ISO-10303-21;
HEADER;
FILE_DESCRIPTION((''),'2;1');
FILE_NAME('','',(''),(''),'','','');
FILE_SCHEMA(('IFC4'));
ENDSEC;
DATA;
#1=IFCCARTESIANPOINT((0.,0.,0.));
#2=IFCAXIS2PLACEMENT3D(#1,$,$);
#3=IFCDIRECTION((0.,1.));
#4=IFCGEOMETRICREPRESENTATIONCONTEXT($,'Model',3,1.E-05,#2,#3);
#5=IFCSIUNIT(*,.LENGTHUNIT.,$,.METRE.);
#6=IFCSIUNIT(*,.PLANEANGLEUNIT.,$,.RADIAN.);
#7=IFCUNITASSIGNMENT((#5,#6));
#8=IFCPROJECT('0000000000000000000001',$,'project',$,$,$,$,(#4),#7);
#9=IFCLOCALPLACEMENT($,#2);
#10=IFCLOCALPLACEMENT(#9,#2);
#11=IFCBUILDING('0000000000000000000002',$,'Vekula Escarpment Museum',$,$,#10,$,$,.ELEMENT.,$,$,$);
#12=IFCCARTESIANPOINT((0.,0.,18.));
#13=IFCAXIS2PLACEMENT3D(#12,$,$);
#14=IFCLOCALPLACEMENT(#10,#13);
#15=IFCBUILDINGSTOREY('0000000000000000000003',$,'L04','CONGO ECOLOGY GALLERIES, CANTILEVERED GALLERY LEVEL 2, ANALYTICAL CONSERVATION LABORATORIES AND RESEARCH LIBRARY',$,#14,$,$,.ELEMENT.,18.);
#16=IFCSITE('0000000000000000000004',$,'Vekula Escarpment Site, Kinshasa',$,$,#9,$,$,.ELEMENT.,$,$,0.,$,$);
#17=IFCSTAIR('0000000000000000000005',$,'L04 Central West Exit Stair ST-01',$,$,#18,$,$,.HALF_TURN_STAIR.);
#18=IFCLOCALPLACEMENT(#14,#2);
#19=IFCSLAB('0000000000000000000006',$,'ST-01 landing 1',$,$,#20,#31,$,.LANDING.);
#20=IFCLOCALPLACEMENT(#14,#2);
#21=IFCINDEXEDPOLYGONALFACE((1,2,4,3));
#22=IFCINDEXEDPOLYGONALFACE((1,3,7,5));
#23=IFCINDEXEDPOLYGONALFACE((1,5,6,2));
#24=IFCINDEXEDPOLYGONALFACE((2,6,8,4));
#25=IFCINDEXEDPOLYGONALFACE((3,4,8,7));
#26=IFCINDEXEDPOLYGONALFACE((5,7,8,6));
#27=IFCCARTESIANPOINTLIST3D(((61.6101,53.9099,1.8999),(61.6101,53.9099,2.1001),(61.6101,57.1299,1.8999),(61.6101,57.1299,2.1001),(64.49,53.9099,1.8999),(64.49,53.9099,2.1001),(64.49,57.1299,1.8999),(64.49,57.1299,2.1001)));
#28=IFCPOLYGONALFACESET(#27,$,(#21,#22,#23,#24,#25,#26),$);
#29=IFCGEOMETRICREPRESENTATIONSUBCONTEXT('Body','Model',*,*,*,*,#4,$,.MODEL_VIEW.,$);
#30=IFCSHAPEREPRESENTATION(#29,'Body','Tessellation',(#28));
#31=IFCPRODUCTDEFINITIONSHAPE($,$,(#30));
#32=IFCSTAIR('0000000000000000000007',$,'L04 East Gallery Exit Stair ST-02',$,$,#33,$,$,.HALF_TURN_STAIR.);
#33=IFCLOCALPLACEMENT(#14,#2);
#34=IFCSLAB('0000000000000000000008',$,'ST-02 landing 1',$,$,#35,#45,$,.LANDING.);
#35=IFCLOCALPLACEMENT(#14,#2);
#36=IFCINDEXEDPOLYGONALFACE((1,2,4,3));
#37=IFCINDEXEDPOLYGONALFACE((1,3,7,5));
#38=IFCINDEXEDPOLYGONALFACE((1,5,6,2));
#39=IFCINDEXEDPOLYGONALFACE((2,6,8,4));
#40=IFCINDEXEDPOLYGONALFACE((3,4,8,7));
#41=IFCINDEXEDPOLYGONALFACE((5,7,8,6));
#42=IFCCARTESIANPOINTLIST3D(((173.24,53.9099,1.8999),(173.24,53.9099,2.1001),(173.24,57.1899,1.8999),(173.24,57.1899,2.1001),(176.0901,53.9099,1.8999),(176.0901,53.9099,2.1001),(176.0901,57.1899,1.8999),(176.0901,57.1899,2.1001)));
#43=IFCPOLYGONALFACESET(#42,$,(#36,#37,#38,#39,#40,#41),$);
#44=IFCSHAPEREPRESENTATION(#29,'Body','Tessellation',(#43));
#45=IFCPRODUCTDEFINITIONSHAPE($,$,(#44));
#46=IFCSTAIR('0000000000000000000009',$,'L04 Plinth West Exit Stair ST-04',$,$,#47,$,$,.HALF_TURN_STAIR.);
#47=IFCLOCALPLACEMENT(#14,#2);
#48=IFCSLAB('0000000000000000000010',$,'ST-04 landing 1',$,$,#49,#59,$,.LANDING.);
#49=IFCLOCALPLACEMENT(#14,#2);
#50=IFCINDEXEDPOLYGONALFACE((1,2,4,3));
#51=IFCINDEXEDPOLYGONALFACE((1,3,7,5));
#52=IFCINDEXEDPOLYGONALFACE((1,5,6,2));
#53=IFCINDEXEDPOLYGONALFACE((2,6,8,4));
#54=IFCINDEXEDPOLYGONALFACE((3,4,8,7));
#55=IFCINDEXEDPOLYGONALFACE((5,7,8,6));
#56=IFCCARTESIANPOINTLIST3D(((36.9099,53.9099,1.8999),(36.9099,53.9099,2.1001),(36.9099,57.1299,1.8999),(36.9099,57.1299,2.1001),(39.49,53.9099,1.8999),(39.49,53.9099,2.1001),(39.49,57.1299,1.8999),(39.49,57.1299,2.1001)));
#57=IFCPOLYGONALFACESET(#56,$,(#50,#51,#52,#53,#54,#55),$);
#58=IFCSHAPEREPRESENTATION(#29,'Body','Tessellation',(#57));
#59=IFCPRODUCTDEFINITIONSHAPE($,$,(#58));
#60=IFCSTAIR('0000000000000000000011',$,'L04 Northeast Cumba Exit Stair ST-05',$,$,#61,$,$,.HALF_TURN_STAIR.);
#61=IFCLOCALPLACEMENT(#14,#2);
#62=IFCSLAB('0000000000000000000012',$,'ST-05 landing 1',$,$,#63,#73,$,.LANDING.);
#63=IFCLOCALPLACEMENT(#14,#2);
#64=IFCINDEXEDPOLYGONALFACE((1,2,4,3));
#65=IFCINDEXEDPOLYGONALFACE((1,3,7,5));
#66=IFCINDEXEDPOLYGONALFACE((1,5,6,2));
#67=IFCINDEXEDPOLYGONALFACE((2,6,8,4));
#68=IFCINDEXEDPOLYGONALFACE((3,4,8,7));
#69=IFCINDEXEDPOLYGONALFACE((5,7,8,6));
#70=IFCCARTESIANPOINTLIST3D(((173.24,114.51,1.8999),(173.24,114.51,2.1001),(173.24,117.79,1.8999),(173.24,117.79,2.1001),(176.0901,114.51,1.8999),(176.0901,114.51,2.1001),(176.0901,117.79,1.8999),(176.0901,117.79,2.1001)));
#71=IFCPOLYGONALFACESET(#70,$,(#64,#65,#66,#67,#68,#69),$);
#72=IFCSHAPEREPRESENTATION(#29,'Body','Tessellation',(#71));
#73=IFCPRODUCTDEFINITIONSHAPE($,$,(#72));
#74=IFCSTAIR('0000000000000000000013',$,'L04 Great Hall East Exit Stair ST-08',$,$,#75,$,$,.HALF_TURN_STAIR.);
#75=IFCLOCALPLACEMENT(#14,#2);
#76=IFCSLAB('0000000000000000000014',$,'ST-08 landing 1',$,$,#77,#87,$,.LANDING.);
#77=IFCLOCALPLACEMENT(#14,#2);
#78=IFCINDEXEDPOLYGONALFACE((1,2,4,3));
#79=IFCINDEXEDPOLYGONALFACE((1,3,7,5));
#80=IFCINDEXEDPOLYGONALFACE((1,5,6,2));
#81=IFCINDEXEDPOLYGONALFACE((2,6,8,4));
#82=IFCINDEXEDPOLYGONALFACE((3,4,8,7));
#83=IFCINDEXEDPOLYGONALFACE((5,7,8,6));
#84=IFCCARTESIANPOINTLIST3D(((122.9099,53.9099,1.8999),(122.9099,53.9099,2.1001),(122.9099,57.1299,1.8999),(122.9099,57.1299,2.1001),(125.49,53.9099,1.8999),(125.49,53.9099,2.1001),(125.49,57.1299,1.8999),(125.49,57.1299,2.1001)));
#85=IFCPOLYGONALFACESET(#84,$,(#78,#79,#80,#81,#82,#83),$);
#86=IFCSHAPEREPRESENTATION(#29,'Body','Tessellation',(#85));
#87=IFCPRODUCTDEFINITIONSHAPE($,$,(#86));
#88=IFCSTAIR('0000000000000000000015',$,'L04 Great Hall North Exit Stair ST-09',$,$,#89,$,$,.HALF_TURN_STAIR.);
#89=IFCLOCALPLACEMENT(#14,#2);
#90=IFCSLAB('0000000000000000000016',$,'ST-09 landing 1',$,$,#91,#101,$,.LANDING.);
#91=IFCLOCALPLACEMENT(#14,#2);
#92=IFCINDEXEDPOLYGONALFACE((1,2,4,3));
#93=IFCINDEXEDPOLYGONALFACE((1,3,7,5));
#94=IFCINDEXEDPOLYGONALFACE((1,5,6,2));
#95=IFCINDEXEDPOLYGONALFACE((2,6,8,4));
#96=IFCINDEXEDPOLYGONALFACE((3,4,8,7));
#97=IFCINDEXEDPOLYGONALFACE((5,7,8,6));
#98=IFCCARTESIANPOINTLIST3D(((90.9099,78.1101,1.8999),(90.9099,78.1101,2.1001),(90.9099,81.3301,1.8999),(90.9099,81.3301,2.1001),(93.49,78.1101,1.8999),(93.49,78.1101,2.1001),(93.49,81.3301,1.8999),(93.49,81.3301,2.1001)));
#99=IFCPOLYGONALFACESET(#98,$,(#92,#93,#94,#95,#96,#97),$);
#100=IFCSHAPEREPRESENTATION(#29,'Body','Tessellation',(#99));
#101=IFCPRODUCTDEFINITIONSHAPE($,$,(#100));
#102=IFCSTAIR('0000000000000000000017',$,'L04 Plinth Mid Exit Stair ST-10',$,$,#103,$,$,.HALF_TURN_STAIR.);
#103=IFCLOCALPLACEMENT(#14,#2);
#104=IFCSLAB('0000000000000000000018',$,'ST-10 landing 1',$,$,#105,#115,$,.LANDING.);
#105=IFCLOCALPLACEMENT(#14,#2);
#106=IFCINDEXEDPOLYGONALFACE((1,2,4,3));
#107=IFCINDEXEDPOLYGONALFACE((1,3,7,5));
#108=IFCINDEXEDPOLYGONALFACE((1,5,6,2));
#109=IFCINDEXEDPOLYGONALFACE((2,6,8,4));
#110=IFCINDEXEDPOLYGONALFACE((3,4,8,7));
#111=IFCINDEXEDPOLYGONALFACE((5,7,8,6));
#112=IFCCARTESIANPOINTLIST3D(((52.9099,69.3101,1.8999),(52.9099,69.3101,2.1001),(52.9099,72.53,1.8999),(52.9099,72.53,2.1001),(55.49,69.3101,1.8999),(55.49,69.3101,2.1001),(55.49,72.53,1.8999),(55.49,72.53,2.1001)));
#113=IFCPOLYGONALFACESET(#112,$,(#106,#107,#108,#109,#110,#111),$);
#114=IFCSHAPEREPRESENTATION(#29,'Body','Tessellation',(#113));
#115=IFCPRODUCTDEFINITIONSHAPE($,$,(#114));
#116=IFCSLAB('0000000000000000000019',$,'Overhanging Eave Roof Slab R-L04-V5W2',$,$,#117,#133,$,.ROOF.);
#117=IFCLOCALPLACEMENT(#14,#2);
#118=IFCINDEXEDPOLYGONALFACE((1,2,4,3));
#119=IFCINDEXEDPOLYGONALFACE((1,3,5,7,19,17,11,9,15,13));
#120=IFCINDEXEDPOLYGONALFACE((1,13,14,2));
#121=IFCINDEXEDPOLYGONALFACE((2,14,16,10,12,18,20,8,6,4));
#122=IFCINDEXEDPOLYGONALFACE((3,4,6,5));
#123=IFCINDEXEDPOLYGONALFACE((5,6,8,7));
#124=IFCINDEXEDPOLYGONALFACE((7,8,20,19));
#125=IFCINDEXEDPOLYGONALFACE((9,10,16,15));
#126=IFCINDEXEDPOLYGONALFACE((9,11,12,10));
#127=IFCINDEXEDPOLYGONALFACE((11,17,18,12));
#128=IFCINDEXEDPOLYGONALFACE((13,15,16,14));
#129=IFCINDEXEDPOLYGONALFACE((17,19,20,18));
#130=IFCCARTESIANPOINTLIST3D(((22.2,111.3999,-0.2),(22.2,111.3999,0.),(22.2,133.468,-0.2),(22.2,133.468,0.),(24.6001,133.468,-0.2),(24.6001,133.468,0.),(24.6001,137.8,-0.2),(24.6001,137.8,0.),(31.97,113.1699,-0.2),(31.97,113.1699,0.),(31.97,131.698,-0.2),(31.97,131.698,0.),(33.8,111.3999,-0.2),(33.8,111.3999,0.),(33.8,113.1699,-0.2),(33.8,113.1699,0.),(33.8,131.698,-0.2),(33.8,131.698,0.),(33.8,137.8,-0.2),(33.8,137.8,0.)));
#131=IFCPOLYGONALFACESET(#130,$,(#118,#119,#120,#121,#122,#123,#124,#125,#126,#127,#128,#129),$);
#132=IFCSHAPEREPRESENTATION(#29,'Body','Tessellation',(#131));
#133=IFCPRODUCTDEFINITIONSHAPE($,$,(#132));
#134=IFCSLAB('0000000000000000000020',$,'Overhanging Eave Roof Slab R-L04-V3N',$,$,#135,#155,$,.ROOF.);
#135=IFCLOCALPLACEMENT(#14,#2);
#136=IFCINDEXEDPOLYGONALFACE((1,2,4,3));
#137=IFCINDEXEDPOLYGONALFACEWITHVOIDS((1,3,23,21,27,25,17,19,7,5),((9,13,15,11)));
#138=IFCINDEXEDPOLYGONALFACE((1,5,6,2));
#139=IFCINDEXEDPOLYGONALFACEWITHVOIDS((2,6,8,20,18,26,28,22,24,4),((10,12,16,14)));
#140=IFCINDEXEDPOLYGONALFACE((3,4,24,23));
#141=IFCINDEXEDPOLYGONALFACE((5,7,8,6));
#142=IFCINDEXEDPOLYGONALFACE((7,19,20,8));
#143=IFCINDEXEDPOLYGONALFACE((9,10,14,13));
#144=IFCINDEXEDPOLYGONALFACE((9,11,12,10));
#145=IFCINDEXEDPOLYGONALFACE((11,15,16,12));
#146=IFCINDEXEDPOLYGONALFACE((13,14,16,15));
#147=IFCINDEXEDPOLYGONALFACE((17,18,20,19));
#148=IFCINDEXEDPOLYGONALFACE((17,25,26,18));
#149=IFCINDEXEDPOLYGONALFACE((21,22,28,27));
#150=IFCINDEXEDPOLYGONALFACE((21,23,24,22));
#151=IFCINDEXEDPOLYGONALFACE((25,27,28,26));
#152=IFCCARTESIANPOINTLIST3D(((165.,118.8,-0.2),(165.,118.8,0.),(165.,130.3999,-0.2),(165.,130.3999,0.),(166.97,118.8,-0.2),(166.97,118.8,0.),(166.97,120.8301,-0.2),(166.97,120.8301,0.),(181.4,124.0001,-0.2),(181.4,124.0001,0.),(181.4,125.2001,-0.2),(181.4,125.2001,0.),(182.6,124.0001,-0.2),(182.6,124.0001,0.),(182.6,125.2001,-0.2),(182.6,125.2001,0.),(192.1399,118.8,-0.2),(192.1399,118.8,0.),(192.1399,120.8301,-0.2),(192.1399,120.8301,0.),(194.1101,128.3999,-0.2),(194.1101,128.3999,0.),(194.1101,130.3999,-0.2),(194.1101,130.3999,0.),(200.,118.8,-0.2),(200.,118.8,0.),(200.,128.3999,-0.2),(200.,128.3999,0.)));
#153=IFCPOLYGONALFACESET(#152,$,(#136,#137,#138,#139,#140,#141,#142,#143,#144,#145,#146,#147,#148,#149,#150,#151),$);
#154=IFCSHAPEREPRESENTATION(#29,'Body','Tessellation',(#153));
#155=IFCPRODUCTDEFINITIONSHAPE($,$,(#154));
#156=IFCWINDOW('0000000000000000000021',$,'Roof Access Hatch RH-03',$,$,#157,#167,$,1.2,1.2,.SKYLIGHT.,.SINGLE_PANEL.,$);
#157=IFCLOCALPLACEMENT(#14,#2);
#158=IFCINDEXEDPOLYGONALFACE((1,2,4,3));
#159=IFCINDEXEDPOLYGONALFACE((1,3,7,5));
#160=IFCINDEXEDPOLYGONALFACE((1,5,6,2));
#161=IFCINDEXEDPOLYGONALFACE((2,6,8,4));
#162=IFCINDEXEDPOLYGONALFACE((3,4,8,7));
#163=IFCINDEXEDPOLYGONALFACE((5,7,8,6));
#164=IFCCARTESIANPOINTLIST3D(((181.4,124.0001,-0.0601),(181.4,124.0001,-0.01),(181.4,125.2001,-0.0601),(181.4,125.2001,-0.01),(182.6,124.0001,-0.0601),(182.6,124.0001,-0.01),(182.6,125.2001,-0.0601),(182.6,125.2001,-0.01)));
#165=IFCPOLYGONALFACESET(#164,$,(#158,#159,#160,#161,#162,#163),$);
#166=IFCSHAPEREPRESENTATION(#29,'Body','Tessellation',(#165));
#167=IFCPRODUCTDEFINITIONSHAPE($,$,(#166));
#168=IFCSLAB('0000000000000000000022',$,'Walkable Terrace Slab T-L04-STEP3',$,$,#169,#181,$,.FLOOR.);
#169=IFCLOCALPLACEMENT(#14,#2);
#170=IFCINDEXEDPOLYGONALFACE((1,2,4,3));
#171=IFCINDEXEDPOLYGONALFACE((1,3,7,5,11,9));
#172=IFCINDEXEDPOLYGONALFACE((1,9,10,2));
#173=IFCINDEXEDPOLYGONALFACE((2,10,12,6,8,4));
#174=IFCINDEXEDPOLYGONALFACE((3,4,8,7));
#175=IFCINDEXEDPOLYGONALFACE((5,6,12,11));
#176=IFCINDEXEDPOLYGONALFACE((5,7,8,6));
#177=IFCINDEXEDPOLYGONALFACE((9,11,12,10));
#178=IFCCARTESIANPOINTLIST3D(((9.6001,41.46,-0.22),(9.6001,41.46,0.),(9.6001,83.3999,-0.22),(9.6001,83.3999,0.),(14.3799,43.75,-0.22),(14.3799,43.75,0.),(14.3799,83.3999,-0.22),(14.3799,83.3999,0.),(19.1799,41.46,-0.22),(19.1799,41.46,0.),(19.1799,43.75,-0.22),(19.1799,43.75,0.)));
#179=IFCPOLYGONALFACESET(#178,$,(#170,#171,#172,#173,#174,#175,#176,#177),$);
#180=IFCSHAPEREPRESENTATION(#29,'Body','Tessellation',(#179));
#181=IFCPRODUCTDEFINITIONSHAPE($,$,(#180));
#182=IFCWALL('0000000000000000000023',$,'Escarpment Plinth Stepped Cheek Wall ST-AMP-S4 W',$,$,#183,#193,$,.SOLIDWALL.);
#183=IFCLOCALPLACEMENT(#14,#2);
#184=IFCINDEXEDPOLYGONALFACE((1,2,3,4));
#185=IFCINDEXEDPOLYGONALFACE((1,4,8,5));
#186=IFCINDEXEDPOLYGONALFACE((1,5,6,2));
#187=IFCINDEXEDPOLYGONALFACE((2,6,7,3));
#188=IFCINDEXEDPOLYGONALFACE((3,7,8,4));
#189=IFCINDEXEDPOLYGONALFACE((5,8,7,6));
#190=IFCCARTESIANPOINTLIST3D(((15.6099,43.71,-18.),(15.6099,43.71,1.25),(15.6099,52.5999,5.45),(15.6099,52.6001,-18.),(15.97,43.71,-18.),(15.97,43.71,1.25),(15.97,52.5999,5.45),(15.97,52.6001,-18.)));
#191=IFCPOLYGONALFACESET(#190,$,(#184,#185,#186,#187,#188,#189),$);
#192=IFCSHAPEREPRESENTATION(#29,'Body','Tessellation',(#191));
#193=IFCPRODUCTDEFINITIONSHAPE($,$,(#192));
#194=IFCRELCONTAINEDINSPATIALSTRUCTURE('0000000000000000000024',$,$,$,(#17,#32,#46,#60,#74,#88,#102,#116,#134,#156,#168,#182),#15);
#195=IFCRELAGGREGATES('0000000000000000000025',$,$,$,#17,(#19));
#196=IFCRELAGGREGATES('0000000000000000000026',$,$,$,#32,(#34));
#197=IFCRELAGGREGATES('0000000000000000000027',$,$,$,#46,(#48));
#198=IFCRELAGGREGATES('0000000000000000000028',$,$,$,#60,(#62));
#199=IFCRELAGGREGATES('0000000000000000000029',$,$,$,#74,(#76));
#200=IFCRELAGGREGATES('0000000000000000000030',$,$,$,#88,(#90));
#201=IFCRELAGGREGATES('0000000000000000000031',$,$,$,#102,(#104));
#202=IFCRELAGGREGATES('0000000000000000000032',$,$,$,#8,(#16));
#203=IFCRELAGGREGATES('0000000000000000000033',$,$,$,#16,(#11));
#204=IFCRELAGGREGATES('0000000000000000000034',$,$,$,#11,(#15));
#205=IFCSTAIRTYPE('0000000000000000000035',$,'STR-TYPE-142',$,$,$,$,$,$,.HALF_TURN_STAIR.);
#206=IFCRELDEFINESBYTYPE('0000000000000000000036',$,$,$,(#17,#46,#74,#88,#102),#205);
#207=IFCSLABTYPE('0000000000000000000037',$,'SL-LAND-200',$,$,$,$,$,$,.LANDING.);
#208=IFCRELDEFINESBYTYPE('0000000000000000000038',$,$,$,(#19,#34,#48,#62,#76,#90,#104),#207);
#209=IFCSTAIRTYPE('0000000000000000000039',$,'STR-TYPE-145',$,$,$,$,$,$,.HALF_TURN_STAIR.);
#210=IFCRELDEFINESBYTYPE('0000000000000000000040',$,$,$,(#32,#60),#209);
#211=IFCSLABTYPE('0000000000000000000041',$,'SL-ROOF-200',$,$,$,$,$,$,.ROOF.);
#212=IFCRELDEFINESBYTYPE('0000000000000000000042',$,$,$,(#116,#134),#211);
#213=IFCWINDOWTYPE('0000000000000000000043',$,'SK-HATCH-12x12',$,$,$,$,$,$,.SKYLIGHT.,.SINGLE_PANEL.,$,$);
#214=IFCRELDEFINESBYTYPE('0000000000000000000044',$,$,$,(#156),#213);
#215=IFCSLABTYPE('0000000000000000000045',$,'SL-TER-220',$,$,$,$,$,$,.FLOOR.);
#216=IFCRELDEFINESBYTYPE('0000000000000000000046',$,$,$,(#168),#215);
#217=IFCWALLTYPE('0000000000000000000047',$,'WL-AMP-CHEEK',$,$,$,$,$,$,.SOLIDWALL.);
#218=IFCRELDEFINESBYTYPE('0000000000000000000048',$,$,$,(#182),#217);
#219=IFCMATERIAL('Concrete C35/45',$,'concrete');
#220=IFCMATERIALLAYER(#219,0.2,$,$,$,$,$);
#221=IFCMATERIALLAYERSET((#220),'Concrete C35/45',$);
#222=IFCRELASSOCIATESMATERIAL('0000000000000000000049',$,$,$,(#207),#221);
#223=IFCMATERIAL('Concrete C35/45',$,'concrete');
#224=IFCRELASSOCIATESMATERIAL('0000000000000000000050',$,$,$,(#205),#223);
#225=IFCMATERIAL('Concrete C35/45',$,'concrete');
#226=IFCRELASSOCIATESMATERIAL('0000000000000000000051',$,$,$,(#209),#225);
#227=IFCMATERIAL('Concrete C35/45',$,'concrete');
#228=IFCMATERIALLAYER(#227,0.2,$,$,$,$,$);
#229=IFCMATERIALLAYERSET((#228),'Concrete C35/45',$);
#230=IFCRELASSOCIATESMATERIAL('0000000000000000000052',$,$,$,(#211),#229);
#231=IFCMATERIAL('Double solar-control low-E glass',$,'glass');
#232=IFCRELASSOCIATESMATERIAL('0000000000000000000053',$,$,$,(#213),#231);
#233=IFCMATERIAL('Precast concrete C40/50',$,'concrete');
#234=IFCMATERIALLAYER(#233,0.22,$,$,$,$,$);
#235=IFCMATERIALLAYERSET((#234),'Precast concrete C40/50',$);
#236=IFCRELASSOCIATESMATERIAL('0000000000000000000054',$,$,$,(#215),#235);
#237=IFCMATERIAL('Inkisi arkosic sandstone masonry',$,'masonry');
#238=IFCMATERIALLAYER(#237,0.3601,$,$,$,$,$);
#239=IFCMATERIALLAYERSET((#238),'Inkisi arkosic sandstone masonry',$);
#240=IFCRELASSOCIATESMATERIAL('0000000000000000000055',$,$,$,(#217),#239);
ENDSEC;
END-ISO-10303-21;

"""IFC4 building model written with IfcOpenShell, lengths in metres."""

from ifc_helpers import new_model, si_unit, direction, frame, origin, origin_2d, place, context, subcontext, project, spatial, polyline, rectangle, outline, extrude, material, layer, layer_set, type_object, element, fill, aggregate, save


model = new_model("IFC4")

# Units and contexts
model_context = context("Model", 3, precision=1e-05, world=origin(), true_north=direction((0.0, 1.0)))
body_context = subcontext(model_context, "Body", "Model", "MODEL_VIEW")
ifc_project = project(units=[si_unit("LENGTHUNIT", "METRE"), si_unit("PLANEANGLEUNIT", "RADIAN")], contexts=[model_context])

# Site, building, storey
site_placement = place(None, origin())
site = spatial("IfcSite", under=ifc_project, at=site_placement, Name="Vekula Escarpment Site, Kinshasa", CompositionType="ELEMENT", RefElevation=0.0)
building_placement = place(site_placement, origin())
building = spatial("IfcBuilding", under=site, at=building_placement, Name="Vekula Escarpment Museum", CompositionType="ELEMENT")
storey_placement = place(building_placement, frame((0.0, 0.0, 18.0)))
storey = spatial("IfcBuildingStorey", under=building, at=storey_placement, Name="L04", Description="CONGO ECOLOGY GALLERIES, CANTILEVERED GALLERY LEVEL 2, ANALYTICAL CONSERVATION LABORATORIES AND RESEARCH LIBRARY", CompositionType="ELEMENT", Elevation=18.0)

# Stairs, slabs
ifc_material_1 = material(Name="Concrete C35/45", Category="concrete")
ifc_layer_1 = layer(ifc_material_1, 0.2)
ifc_layer_set_1 = layer_set([ifc_layer_1], Name="Concrete C35/45")
slab_type_1 = type_object("IfcSlabType", Name="SL-LAND-200", PredefinedType="LANDING", material=ifc_layer_set_1)
ifc_material_2 = material(Name="Concrete C35/45", Category="concrete")
stair_type_1 = type_object("IfcStairType", Name="STR-TYPE-142", PredefinedType="HALF_TURN_STAIR", material=ifc_material_2)
stair_1_placement = place(storey_placement, origin())
stair_1 = element("IfcStair", 1, at=stair_1_placement, inside=storey, type_object=stair_type_1, Name="L04 Central West Exit Stair ST-01", PredefinedType="HALF_TURN_STAIR")
slab_1_placement = place(storey_placement, frame((0.0, 0.0, 1.8999)))
slab_1 = element("IfcSlab", 2, at=slab_1_placement, type_object=slab_type_1, Name="ST-01 landing 1", PredefinedType="LANDING", context=body_context, shape_type="SweptSolid", body=[
    extrude(outline(polyline([(61.6101, 53.9099), (64.49, 53.9099), (64.49, 57.1299), (61.6101, 57.1299), (61.6101, 53.9099)])), origin(), (0.0, 0.0, 1.0), 0.2002),
])
aggregate(stair_1, [slab_1])
ifc_material_3 = material(Name="Concrete C35/45", Category="concrete")
stair_type_2 = type_object("IfcStairType", Name="STR-TYPE-145", PredefinedType="HALF_TURN_STAIR", material=ifc_material_3)
stair_2_placement = place(storey_placement, origin())
stair_2 = element("IfcStair", 3, at=stair_2_placement, inside=storey, type_object=stair_type_2, Name="L04 East Gallery Exit Stair ST-02", PredefinedType="HALF_TURN_STAIR")
slab_2_placement = place(storey_placement, frame((0.0, 0.0, 1.8999)))
slab_2 = element("IfcSlab", 4, at=slab_2_placement, type_object=slab_type_1, Name="ST-02 landing 1", PredefinedType="LANDING", context=body_context, shape_type="SweptSolid", body=[
    extrude(outline(polyline([(173.24, 53.9099), (176.0901, 53.9099), (176.0901, 57.1899), (173.24, 57.1899), (173.24, 53.9099)])), origin(), (0.0, 0.0, 1.0), 0.2002),
])
aggregate(stair_2, [slab_2])
stair_3_placement = place(storey_placement, origin())
stair_3 = element("IfcStair", 5, at=stair_3_placement, inside=storey, type_object=stair_type_1, Name="L04 Plinth West Exit Stair ST-04", PredefinedType="HALF_TURN_STAIR")
slab_3_placement = place(storey_placement, frame((0.0, 0.0, 1.8999)))
slab_3 = element("IfcSlab", 6, at=slab_3_placement, type_object=slab_type_1, Name="ST-04 landing 1", PredefinedType="LANDING", context=body_context, shape_type="SweptSolid", body=[
    extrude(outline(polyline([(36.9099, 53.9099), (39.49, 53.9099), (39.49, 57.1299), (36.9099, 57.1299), (36.9099, 53.9099)])), origin(), (0.0, 0.0, 1.0), 0.2002),
])
aggregate(stair_3, [slab_3])
stair_4_placement = place(storey_placement, origin())
stair_4 = element("IfcStair", 7, at=stair_4_placement, inside=storey, type_object=stair_type_2, Name="L04 Northeast Cumba Exit Stair ST-05", PredefinedType="HALF_TURN_STAIR")
slab_4_placement = place(storey_placement, frame((0.0, 0.0, 1.8999)))
slab_4 = element("IfcSlab", 8, at=slab_4_placement, type_object=slab_type_1, Name="ST-05 landing 1", PredefinedType="LANDING", context=body_context, shape_type="SweptSolid", body=[
    extrude(outline(polyline([(173.24, 114.51), (176.0901, 114.51), (176.0901, 117.79), (173.24, 117.79), (173.24, 114.51)])), origin(), (0.0, 0.0, 1.0), 0.2002),
])
aggregate(stair_4, [slab_4])
stair_5_placement = place(storey_placement, origin())
stair_5 = element("IfcStair", 9, at=stair_5_placement, inside=storey, type_object=stair_type_1, Name="L04 Great Hall East Exit Stair ST-08", PredefinedType="HALF_TURN_STAIR")
slab_5_placement = place(storey_placement, frame((0.0, 0.0, 1.8999)))
slab_5 = element("IfcSlab", 10, at=slab_5_placement, type_object=slab_type_1, Name="ST-08 landing 1", PredefinedType="LANDING", context=body_context, shape_type="SweptSolid", body=[
    extrude(outline(polyline([(122.9099, 53.9099), (125.49, 53.9099), (125.49, 57.1299), (122.9099, 57.1299), (122.9099, 53.9099)])), origin(), (0.0, 0.0, 1.0), 0.2002),
])
aggregate(stair_5, [slab_5])
stair_6_placement = place(storey_placement, origin())
stair_6 = element("IfcStair", 11, at=stair_6_placement, inside=storey, type_object=stair_type_1, Name="L04 Great Hall North Exit Stair ST-09", PredefinedType="HALF_TURN_STAIR")
slab_6_placement = place(storey_placement, frame((0.0, 0.0, 1.8999)))
slab_6 = element("IfcSlab", 12, at=slab_6_placement, type_object=slab_type_1, Name="ST-09 landing 1", PredefinedType="LANDING", context=body_context, shape_type="SweptSolid", body=[
    extrude(outline(polyline([(90.9099, 78.1101), (93.49, 78.1101), (93.49, 81.3301), (90.9099, 81.3301), (90.9099, 78.1101)])), origin(), (0.0, 0.0, 1.0), 0.2002),
])
aggregate(stair_6, [slab_6])
stair_7_placement = place(storey_placement, origin())
stair_7 = element("IfcStair", 13, at=stair_7_placement, inside=storey, type_object=stair_type_1, Name="L04 Plinth Mid Exit Stair ST-10", PredefinedType="HALF_TURN_STAIR")
slab_7_placement = place(storey_placement, frame((0.0, 0.0, 1.8999)))
slab_7 = element("IfcSlab", 14, at=slab_7_placement, type_object=slab_type_1, Name="ST-10 landing 1", PredefinedType="LANDING", context=body_context, shape_type="SweptSolid", body=[
    extrude(outline(polyline([(52.9099, 69.3101), (55.49, 69.3101), (55.49, 72.53), (52.9099, 72.53), (52.9099, 69.3101)])), origin(), (0.0, 0.0, 1.0), 0.2002),
])
aggregate(stair_7, [slab_7])

# Slab
ifc_material_4 = material(Name="Concrete C35/45", Category="concrete")
ifc_layer_2 = layer(ifc_material_4, 0.2)
ifc_layer_set_2 = layer_set([ifc_layer_2], Name="Concrete C35/45")
slab_type_2 = type_object("IfcSlabType", Name="SL-ROOF-200", PredefinedType="ROOF", material=ifc_layer_set_2)
slab_8_placement = place(storey_placement, frame((0.0, 0.0, -0.2)))
element("IfcSlab", 15, at=slab_8_placement, inside=storey, type_object=slab_type_2, Name="Overhanging Eave Roof Slab R-L04-V5W2", PredefinedType="ROOF", context=body_context, shape_type="SweptSolid", body=[
    extrude(outline(polyline([(22.2, 133.468), (24.6001, 133.468), (24.6001, 137.8), (33.8, 137.8), (33.8, 131.698), (31.97, 131.698), (31.97, 113.1699), (33.8, 113.1699), (33.8, 111.3999), (22.2, 111.3999), (22.2, 133.468)])), origin(), (0.0, 0.0, 1.0), 0.2),
])

# Slab, opening, window
slab_9_placement = place(storey_placement, frame((0.0, 0.0, -0.2)))
slab_9 = element("IfcSlab", 16, at=slab_9_placement, inside=storey, type_object=slab_type_2, Name="Overhanging Eave Roof Slab R-L04-V3N", PredefinedType="ROOF", context=body_context, shape_type="SweptSolid", body=[
    extrude(outline(polyline([(165.0, 130.3999), (194.1101, 130.3999), (194.1101, 128.3999), (200.0, 128.3999), (200.0, 118.8), (192.1399, 118.8), (192.1399, 120.8301), (166.97, 120.8301), (166.97, 118.8), (165.0, 118.8), (165.0, 130.3999)])), origin(), (0.0, 0.0, 1.0), 0.2),
])
opening_placement = place(slab_9_placement, frame((182.0, 124.6001, -0.01)))
opening = element("IfcOpeningElement", 17, at=opening_placement, cuts=slab_9, PredefinedType="OPENING", context=body_context, shape_type="SweptSolid", body=[
    extrude(rectangle(XDim=1.2, YDim=1.2, at=origin_2d()), origin(), (0.0, 0.0, 1.0), 0.22),
])
ifc_material_5 = material(Name="Double solar-control low-E glass", Category="glass")
window_type = type_object("IfcWindowType", Name="SK-HATCH-12x12", PartitioningType="SINGLE_PANEL", PredefinedType="SKYLIGHT", material=ifc_material_5)
window_placement = place(opening_placement, frame((0.0, 0.0, 0.1499)))
window = element("IfcWindow", 18, at=window_placement, inside=storey, type_object=window_type, Name="Roof Access Hatch RH-03", OverallHeight=1.2, OverallWidth=1.2, PartitioningType="SINGLE_PANEL", PredefinedType="SKYLIGHT", context=body_context, shape_type="SweptSolid", body=[
    extrude(rectangle(XDim=1.2, YDim=1.2, at=origin_2d()), origin(), (0.0, 0.0, 1.0), 0.05),
])
fill(opening, window)

# Slab
ifc_material_6 = material(Name="Precast concrete C40/50", Category="concrete")
ifc_layer_3 = layer(ifc_material_6, 0.22)
ifc_layer_set_3 = layer_set([ifc_layer_3], Name="Precast concrete C40/50")
slab_type_3 = type_object("IfcSlabType", Name="SL-TER-220", PredefinedType="FLOOR", material=ifc_layer_set_3)
slab_10_placement = place(storey_placement, frame((0.0, 0.0, -0.22)))
element("IfcSlab", 19, at=slab_10_placement, inside=storey, type_object=slab_type_3, Name="Walkable Terrace Slab T-L04-STEP3", PredefinedType="FLOOR", context=body_context, shape_type="SweptSolid", body=[
    extrude(outline(polyline([(9.6001, 41.46), (19.1799, 41.46), (19.1799, 43.75), (14.3799, 43.75), (14.3799, 83.3999), (9.6001, 83.3999), (9.6001, 41.46)])), origin(), (0.0, 0.0, 1.0), 0.22),
])

# Wall
ifc_material_7 = material(Name="Inkisi arkosic sandstone masonry", Category="masonry")
ifc_layer_4 = layer(ifc_material_7, 0.3601)
ifc_layer_set_4 = layer_set([ifc_layer_4], Name="Inkisi arkosic sandstone masonry")
wall_type = type_object("IfcWallType", Name="WL-AMP-CHEEK", PredefinedType="SOLIDWALL", material=ifc_layer_set_4)
for number, where, z_axis, x_axis, name in (
    (20, (15.79, 43.71, -18.0), (0.0, 0.0, 1.0), (0.0, 1.0, 0.0), "Escarpment Plinth Stepped Cheek Wall ST-AMP-S4 W"),
):
    element("IfcWall", number, at=place(storey_placement, frame(where, z_axis=z_axis, x_axis=x_axis)), inside=storey, type_object=wall_type, Name=name, PredefinedType="SOLIDWALL", context=body_context, shape_type="SweptSolid", body=[
        extrude(outline(polyline([(0.0, 0.0), (8.8901, 0.0), (8.8899, 23.45), (0.0, 19.25), (0.0, 0.0)])), frame((0.0, 0.1802, 0.0), z_axis=(0.0, -1.0, 0.0), x_axis=(1.0, 0.0, 0.0)), (0.0, 0.0, 1.0), 0.3601),
    ])

save(model, "model.ifc")
